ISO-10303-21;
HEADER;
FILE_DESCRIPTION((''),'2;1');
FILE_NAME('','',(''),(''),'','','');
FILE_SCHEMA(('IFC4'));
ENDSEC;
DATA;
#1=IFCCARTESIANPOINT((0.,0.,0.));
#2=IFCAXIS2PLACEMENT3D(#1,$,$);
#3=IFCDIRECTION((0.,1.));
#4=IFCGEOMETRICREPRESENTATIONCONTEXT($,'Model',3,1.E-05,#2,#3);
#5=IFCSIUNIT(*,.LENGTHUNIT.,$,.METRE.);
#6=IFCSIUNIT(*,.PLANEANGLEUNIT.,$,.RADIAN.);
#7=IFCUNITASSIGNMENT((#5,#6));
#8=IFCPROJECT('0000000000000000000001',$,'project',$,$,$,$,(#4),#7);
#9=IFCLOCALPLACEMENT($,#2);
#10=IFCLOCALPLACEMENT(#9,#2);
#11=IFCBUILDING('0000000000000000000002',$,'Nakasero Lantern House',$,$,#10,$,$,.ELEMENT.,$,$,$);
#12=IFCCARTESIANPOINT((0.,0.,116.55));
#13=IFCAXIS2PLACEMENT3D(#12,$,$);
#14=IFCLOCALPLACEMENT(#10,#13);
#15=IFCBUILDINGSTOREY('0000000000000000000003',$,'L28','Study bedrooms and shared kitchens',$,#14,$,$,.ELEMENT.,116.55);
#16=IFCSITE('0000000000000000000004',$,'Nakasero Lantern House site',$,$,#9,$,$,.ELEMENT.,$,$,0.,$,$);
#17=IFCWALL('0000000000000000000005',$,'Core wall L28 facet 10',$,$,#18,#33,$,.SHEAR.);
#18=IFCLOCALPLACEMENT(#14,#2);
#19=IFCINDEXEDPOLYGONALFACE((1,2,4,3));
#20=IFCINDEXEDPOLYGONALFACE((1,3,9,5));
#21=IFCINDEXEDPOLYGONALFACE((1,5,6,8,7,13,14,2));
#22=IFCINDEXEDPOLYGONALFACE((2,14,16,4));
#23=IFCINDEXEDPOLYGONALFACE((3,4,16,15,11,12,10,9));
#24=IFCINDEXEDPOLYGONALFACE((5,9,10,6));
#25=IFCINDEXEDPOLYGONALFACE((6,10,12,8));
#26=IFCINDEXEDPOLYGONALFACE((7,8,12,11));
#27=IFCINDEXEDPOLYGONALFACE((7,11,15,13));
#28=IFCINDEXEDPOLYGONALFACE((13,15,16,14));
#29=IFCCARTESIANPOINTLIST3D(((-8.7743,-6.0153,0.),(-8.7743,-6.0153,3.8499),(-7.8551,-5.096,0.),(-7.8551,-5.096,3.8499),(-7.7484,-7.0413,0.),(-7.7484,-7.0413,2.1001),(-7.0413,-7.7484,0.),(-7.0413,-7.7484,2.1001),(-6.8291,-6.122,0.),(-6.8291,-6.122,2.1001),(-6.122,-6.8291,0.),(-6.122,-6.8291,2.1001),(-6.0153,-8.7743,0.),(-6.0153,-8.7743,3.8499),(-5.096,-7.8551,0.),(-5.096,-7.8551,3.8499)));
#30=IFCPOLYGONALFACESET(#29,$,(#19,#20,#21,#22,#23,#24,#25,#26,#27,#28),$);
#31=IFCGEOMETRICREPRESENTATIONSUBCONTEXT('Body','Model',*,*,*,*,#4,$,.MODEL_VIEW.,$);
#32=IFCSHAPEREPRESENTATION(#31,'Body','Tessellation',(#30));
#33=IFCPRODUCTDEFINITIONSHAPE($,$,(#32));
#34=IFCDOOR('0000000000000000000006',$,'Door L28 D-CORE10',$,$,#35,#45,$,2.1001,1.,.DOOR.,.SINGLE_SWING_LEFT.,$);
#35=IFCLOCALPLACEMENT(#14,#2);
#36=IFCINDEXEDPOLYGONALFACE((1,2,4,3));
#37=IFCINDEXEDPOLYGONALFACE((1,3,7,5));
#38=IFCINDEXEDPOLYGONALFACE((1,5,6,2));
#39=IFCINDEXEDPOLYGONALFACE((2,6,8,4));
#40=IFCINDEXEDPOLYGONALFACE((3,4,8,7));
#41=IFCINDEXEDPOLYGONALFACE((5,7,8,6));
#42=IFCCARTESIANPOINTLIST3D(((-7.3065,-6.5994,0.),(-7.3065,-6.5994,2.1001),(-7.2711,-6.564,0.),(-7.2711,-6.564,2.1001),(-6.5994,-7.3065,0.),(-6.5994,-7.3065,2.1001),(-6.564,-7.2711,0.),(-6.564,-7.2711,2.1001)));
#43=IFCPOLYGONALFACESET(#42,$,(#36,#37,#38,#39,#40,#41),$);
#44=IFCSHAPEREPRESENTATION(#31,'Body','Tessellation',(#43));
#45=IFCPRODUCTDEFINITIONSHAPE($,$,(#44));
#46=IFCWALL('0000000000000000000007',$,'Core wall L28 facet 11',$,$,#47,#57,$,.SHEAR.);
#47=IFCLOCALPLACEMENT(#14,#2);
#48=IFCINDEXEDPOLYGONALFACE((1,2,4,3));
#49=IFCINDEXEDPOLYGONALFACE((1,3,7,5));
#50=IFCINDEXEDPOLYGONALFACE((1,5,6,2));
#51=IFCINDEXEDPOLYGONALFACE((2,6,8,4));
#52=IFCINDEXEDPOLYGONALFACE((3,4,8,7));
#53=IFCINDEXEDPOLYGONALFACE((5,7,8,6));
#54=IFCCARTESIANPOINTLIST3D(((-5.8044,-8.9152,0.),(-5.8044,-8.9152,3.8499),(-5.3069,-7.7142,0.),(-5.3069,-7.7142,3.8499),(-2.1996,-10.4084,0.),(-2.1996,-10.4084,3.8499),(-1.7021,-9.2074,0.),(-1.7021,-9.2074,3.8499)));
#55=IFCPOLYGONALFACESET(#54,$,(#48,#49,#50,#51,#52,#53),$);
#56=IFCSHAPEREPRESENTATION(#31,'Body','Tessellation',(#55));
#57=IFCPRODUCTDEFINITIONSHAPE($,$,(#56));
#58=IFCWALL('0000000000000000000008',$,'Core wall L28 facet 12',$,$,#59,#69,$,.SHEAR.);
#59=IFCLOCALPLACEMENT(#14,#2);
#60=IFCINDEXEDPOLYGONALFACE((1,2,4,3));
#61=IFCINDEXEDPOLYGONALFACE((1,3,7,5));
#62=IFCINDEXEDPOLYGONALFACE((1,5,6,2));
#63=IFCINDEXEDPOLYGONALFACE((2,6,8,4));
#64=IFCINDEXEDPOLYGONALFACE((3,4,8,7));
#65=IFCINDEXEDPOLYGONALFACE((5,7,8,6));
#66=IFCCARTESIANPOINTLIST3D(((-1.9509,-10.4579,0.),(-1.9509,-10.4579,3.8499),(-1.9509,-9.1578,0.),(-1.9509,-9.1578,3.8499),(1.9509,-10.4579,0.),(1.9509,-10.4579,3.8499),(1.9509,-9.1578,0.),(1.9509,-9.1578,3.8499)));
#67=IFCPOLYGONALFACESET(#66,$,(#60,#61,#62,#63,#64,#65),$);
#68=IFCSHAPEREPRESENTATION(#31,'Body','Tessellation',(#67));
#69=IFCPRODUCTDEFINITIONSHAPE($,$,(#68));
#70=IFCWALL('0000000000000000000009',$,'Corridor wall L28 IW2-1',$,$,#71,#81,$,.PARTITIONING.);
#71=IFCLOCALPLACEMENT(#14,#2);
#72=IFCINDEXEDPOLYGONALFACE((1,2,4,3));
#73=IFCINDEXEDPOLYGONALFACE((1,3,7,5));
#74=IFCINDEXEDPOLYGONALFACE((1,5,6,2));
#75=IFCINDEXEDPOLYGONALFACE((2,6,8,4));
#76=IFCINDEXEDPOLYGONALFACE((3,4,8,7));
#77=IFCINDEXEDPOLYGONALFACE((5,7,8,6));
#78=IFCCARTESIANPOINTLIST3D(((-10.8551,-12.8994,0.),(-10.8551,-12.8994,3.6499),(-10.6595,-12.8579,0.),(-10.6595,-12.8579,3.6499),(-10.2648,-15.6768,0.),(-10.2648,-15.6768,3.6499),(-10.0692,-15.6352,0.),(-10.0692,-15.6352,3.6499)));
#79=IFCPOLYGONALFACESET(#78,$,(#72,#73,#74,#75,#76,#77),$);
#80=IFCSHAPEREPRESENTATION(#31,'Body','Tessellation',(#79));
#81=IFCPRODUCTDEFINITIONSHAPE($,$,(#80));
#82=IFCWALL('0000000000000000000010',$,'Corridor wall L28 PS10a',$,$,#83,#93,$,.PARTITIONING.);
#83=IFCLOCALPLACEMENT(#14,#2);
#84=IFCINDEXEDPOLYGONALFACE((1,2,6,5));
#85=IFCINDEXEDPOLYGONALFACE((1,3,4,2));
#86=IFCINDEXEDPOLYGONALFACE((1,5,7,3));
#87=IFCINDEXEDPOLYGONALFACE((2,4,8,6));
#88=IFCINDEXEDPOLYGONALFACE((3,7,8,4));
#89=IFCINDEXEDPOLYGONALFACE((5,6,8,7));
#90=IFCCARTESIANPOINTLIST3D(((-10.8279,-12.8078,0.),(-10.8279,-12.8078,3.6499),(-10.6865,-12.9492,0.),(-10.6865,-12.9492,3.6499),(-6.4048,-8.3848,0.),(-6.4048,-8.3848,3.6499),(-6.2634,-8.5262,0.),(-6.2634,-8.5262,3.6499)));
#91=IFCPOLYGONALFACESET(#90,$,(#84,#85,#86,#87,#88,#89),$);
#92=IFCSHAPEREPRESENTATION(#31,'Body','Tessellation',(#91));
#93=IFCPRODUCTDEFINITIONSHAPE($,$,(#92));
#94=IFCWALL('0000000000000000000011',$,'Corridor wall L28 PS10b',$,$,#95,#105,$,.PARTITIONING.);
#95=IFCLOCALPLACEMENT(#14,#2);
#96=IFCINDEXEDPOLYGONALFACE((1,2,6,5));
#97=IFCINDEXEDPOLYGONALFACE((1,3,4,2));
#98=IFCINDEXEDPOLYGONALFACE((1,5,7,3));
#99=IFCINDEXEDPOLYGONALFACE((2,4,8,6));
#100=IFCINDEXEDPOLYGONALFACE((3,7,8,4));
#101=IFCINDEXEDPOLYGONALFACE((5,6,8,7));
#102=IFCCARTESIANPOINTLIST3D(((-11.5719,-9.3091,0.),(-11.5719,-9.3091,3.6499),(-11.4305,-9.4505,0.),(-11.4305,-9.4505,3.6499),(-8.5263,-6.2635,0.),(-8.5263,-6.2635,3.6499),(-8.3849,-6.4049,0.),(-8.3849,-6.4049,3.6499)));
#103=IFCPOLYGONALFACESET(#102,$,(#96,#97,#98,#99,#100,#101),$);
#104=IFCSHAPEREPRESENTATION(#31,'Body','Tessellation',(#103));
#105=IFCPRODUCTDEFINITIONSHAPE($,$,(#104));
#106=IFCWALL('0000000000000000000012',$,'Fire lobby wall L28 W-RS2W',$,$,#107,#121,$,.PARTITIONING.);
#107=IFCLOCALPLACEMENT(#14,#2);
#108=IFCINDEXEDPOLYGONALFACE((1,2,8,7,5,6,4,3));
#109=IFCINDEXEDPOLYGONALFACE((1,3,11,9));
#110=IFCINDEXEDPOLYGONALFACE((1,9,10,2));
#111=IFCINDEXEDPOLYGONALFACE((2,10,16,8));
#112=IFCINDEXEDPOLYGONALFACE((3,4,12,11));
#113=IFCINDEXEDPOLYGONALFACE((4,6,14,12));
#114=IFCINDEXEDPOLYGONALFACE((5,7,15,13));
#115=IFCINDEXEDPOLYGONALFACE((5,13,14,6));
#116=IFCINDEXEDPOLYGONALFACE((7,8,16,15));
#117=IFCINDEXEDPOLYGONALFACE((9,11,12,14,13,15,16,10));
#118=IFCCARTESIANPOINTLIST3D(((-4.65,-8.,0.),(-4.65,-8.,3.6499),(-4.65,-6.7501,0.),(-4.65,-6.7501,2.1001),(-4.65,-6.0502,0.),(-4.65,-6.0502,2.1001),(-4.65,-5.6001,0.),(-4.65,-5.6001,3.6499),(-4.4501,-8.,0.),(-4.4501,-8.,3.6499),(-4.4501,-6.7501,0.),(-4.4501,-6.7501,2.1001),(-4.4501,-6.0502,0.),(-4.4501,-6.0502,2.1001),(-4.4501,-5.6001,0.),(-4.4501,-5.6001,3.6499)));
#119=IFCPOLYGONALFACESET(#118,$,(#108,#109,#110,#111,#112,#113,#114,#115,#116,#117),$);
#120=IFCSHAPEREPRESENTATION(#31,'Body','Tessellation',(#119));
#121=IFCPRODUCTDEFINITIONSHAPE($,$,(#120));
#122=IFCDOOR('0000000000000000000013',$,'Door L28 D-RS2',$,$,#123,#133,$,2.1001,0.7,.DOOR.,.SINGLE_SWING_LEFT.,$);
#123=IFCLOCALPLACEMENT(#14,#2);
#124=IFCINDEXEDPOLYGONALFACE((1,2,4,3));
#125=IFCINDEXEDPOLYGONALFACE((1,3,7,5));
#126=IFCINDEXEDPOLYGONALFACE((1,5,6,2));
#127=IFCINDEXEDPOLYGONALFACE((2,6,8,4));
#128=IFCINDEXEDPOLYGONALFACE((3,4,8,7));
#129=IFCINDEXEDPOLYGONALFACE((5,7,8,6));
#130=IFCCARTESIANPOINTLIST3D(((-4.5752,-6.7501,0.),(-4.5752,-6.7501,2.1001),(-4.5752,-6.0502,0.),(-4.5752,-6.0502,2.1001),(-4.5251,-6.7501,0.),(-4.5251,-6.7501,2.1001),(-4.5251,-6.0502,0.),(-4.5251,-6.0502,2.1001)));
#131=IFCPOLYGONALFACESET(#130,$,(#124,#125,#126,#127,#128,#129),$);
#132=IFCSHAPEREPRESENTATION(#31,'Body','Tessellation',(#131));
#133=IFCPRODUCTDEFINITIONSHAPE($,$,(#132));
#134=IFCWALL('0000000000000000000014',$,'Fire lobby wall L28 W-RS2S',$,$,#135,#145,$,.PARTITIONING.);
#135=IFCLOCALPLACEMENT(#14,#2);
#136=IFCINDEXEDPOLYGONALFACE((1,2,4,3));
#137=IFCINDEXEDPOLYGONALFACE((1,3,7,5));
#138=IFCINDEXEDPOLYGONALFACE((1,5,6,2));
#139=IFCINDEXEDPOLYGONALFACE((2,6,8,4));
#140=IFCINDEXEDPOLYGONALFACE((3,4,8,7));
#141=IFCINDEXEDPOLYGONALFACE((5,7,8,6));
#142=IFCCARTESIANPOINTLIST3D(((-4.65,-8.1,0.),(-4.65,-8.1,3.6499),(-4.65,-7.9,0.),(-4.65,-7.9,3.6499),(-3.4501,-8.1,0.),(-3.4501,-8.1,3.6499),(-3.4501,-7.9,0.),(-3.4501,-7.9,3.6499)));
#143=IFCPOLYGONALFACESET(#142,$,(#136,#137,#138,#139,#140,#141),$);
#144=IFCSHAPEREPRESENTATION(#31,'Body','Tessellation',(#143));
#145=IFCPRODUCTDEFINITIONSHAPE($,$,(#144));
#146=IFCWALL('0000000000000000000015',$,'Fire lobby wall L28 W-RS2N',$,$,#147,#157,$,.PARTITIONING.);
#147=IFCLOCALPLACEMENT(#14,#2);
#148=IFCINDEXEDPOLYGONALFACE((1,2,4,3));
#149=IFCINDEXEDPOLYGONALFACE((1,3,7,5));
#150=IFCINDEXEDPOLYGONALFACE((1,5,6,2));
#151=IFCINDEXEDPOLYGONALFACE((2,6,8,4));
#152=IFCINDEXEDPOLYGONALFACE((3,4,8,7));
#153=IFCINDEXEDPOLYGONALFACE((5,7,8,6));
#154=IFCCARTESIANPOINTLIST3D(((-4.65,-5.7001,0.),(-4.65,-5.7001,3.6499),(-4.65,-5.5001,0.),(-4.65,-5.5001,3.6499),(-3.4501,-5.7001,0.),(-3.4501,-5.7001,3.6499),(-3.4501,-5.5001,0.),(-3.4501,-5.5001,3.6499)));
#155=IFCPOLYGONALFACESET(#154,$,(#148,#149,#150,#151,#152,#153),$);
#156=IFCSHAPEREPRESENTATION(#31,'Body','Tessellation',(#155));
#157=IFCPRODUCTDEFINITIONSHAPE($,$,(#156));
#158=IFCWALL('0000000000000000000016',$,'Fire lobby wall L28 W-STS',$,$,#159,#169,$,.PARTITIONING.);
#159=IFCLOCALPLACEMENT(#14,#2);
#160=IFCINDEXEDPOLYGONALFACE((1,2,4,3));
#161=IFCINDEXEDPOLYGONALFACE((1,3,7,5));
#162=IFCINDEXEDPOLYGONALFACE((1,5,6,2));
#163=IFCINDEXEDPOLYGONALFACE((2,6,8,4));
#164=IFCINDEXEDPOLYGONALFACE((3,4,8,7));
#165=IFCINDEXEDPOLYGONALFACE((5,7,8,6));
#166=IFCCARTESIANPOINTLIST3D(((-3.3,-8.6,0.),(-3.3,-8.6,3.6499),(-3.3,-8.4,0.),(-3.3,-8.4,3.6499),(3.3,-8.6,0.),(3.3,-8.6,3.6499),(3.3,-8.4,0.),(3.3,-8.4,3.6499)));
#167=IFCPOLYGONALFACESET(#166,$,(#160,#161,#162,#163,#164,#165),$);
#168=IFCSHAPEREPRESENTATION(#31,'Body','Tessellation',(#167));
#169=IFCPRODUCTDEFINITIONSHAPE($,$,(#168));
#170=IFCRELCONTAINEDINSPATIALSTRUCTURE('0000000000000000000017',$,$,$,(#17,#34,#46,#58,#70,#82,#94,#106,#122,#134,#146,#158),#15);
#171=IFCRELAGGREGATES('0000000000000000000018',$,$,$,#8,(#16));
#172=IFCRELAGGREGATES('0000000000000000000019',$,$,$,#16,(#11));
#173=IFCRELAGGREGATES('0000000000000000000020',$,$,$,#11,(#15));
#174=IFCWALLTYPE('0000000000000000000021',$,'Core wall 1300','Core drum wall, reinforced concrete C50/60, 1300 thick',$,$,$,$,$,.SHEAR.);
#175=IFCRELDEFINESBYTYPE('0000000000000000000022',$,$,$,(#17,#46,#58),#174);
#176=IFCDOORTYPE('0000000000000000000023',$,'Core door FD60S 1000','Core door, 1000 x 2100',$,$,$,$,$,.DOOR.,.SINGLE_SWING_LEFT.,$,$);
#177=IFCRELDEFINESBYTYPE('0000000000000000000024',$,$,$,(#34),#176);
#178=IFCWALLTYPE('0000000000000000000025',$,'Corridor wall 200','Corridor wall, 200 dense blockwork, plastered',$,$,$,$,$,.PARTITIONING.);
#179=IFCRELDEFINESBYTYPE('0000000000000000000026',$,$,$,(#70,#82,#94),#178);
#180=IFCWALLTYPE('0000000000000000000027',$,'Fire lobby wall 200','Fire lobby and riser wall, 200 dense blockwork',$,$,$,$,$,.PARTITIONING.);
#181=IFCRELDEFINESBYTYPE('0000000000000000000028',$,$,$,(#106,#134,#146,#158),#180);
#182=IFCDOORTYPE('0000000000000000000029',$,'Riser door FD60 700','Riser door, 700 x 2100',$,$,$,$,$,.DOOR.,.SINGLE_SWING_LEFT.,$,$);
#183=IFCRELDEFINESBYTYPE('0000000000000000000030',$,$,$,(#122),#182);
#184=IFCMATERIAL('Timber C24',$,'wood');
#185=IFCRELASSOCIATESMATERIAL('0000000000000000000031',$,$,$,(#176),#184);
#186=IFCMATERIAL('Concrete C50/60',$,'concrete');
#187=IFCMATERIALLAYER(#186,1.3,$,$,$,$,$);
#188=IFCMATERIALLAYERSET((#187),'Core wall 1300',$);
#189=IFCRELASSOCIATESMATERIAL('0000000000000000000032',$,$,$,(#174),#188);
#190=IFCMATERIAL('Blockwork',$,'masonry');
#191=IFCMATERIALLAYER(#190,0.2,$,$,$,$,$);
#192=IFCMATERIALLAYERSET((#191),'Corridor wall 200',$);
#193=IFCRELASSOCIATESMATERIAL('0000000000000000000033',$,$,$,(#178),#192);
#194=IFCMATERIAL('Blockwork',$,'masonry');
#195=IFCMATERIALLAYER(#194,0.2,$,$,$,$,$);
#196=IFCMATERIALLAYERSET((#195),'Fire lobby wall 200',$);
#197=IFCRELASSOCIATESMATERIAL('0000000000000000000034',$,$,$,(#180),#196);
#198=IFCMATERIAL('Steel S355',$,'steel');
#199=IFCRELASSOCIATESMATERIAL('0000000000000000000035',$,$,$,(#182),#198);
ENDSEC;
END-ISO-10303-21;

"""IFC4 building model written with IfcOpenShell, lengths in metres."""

from ifc_helpers import new_model, si_unit, direction, frame, frame_2d, origin, place, context, subcontext, project, spatial, rectangle, extrude, material, layer, layer_set, type_object, element, fill, save


model = new_model("IFC4")

# Units and contexts
model_context = context("Model", 3, precision=1e-05, world=origin(), true_north=direction((0.0, 1.0)))
body_context = subcontext(model_context, "Body", "Model", "MODEL_VIEW")
ifc_project = project(units=[si_unit("LENGTHUNIT", "METRE"), si_unit("PLANEANGLEUNIT", "RADIAN")], contexts=[model_context])

# Site, building, storey
site_placement = place(None, origin())
site = spatial("IfcSite", under=ifc_project, at=site_placement, Name="Nakasero Lantern House site", CompositionType="ELEMENT", RefElevation=0.0)
building_placement = place(site_placement, origin())
building = spatial("IfcBuilding", under=site, at=building_placement, Name="Nakasero Lantern House", CompositionType="ELEMENT")
storey_placement = place(building_placement, frame((0.0, 0.0, 116.55)))
storey = spatial("IfcBuildingStorey", under=building, at=storey_placement, Name="L28", Description="Study bedrooms and shared kitchens", CompositionType="ELEMENT", Elevation=116.55)

# Shared definitions
ifc_material_1 = material(Name="Timber C24", Category="wood")
door_type_1 = type_object("IfcDoorType", Name="Core door FD60S 1000", Description="Core door, 1000 x 2100", OperationType="SINGLE_SWING_LEFT", PredefinedType="DOOR", material=ifc_material_1)

# Shared definitions
ifc_material_2 = material(Name="Concrete C50/60", Category="concrete")
ifc_layer_1 = layer(ifc_material_2, 1.3)
ifc_layer_set_1 = layer_set([ifc_layer_1], Name="Core wall 1300")
wall_type_1 = type_object("IfcWallType", Name="Core wall 1300", Description="Core drum wall, reinforced concrete C50/60, 1300 thick", PredefinedType="SHEAR", material=ifc_layer_set_1)

# Wall, opening, door
wall_1_placement = place(storey_placement, frame((-8.3147, -5.5557, 0.0), z_axis=(0.0, 0.0, 1.0), x_axis=(0.707107, -0.707107, 0.0)))
wall_1 = element("IfcWall", 1, at=wall_1_placement, inside=storey, type_object=wall_type_1, Name="Core wall L28 facet 10", PredefinedType="SHEAR", context=body_context, shape_type="SweptSolid", body=[
    extrude(rectangle(XDim=3.9019, YDim=1.3, at=frame_2d((1.9509, 0.0))), origin(), (0.0, 0.0, 1.0), 3.8499),
])
opening_1_placement = place(wall_1_placement, frame((1.4509, 0.0, 0.0)))
opening_1 = element("IfcOpeningElement", 2, at=opening_1_placement, cuts=wall_1, PredefinedType="OPENING", context=body_context, shape_type="SweptSolid", body=[
    extrude(rectangle(XDim=1.0, YDim=2.1001, at=frame_2d((0.5, 1.05))), frame((0.0, 0.6699, 0.0), z_axis=(0.0, -1.0, 0.0), x_axis=(1.0, 0.0, 0.0)), (0.0, 0.0, 1.0), 1.3401),
])
door_1_placement = place(opening_1_placement, origin())
door_1 = element("IfcDoor", 3, at=door_1_placement, inside=storey, type_object=door_type_1, Name="Door L28 D-CORE10", OperationType="SINGLE_SWING_LEFT", OverallHeight=2.1001, OverallWidth=1.0, PredefinedType="DOOR", context=body_context, shape_type="SweptSolid", body=[
    extrude(rectangle(XDim=1.0, YDim=2.1001, at=frame_2d((0.5, 1.05))), frame((0.0, 0.0249, 0.0), z_axis=(0.0, -1.0, 0.0), x_axis=(1.0, 0.0, 0.0)), (0.0, 0.0, 1.0), 0.05),
])
fill(opening_1, door_1)

# Walls
for number, where, z_axis, x_axis, name in (
    (4, (-5.5557, -8.3147, 0.0), (0.0, 0.0, 1.0), (0.923877, -0.382691, 0.0), "Core wall L28 facet 11"),
    (5, (-1.9509, -9.8079, 0.0), (0.0, 0.0, 1.0), (1.0, 0.0, 0.0), "Core wall L28 facet 12"),
):
    element("IfcWall", number, at=place(storey_placement, frame(where, z_axis=z_axis, x_axis=x_axis)), inside=storey, type_object=wall_type_1, Name=name, PredefinedType="SHEAR", context=body_context, shape_type="SweptSolid", body=[
        extrude(rectangle(XDim=3.9019, YDim=1.3, at=frame_2d((1.9509, 0.0))), origin(), (0.0, 0.0, 1.0), 3.8499),
    ])
ifc_material_3 = material(Name="Blockwork", Category="masonry")
ifc_layer_2 = layer(ifc_material_3, 0.2)
ifc_layer_set_2 = layer_set([ifc_layer_2], Name="Corridor wall 200")
wall_type_2 = type_object("IfcWallType", Name="Corridor wall 200", Description="Corridor wall, 200 dense blockwork, plastered", PredefinedType="PARTITIONING", material=ifc_layer_set_2)
wall_2_placement = place(storey_placement, frame((-10.7573, -12.8787, 0.0), z_axis=(0.0, 0.0, 1.0), x_axis=(0.207908, -0.978148, 0.0)))
element("IfcWall", 6, at=wall_2_placement, inside=storey, type_object=wall_type_2, Name="Corridor wall L28 IW2-1", PredefinedType="PARTITIONING", context=body_context, shape_type="SweptSolid", body=[
    extrude(rectangle(XDim=2.8394, YDim=0.2, at=frame_2d((1.4197, 0.0))), origin(), (0.0, 0.0, 1.0), 3.6499),
])
wall_3_placement = place(storey_placement, frame((-6.3342, -8.4556, 0.0), z_axis=(0.0, 0.0, 1.0), x_axis=(-0.707107, -0.707107, 0.0)))
element("IfcWall", 7, at=wall_3_placement, inside=storey, type_object=wall_type_2, Name="Corridor wall L28 PS10a", PredefinedType="PARTITIONING", context=body_context, shape_type="SweptSolid", body=[
    extrude(rectangle(XDim=6.2551, YDim=0.2, at=frame_2d((3.1274, 0.0))), origin(), (0.0, 0.0, 1.0), 3.6499),
])
wall_4_placement = place(storey_placement, frame((-8.4556, -6.3342, 0.0), z_axis=(0.0, 0.0, 1.0), x_axis=(-0.707107, -0.707107, 0.0)))
element("IfcWall", 8, at=wall_4_placement, inside=storey, type_object=wall_type_2, Name="Corridor wall L28 PS10b", PredefinedType="PARTITIONING", context=body_context, shape_type="SweptSolid", body=[
    extrude(rectangle(XDim=4.3071, YDim=0.2, at=frame_2d((2.1536, 0.0))), origin(), (0.0, 0.0, 1.0), 3.6499),
])

# Wall, opening, door
ifc_material_4 = material(Name="Blockwork", Category="masonry")
ifc_layer_3 = layer(ifc_material_4, 0.2)
ifc_layer_set_3 = layer_set([ifc_layer_3], Name="Fire lobby wall 200")
wall_type_3 = type_object("IfcWallType", Name="Fire lobby wall 200", Description="Fire lobby and riser wall, 200 dense blockwork", PredefinedType="PARTITIONING", material=ifc_layer_set_3)
wall_5_placement = place(storey_placement, frame((-4.55, -5.6001, 0.0), z_axis=(0.0, 0.0, 1.0), x_axis=(0.0, -1.0, 0.0)))
wall_5 = element("IfcWall", 9, at=wall_5_placement, inside=storey, type_object=wall_type_3, Name="Fire lobby wall L28 W-RS2W", PredefinedType="PARTITIONING", context=body_context, shape_type="SweptSolid", body=[
    extrude(rectangle(XDim=2.3999, YDim=0.2, at=frame_2d((1.2, 0.0))), origin(), (0.0, 0.0, 1.0), 3.6499),
])
opening_2_placement = place(wall_5_placement, frame((0.45, 0.0, 0.0)))
opening_2 = element("IfcOpeningElement", 10, at=opening_2_placement, cuts=wall_5, PredefinedType="OPENING", context=body_context, shape_type="SweptSolid", body=[
    extrude(rectangle(XDim=0.7, YDim=2.1001, at=frame_2d((0.3501, 1.05))), frame((0.0, 0.1199, 0.0), z_axis=(0.0, -1.0, 0.0), x_axis=(1.0, 0.0, 0.0)), (0.0, 0.0, 1.0), 0.24),
])
ifc_material_5 = material(Name="Steel S355", Category="steel")
door_type_2 = type_object("IfcDoorType", Name="Riser door FD60 700", Description="Riser door, 700 x 2100", OperationType="SINGLE_SWING_LEFT", PredefinedType="DOOR", material=ifc_material_5)
door_2_placement = place(opening_2_placement, origin())
door_2 = element("IfcDoor", 11, at=door_2_placement, inside=storey, type_object=door_type_2, Name="Door L28 D-RS2", OperationType="SINGLE_SWING_LEFT", OverallHeight=2.1001, OverallWidth=0.7, PredefinedType="DOOR", context=body_context, shape_type="SweptSolid", body=[
    extrude(rectangle(XDim=0.7, YDim=2.1001, at=frame_2d((0.3501, 1.05))), frame((0.0, 0.0249, 0.0), z_axis=(0.0, -1.0, 0.0), x_axis=(1.0, 0.0, 0.0)), (0.0, 0.0, 1.0), 0.05),
])
fill(opening_2, door_2)

# Walls
for number, where, z_axis, x_axis, name in (
    (12, (-3.45, -8.0, 0.0), (0.0, 0.0, 1.0), (-1.0, 0.0, 0.0), "Fire lobby wall L28 W-RS2S"),
    (13, (-3.45, -5.6001, 0.0), (0.0, 0.0, 1.0), (-1.0, 0.0, 0.0), "Fire lobby wall L28 W-RS2N"),
):
    element("IfcWall", number, at=place(storey_placement, frame(where, z_axis=z_axis, x_axis=x_axis)), inside=storey, type_object=wall_type_3, Name=name, PredefinedType="PARTITIONING", context=body_context, shape_type="SweptSolid", body=[
        extrude(rectangle(XDim=1.2, YDim=0.2, at=frame_2d((0.6001, 0.0))), origin(), (0.0, 0.0, 1.0), 3.6499),
    ])
wall_6_placement = place(storey_placement, frame((-3.3, -8.5, 0.0), z_axis=(0.0, 0.0, 1.0), x_axis=(1.0, 0.0, 0.0)))
element("IfcWall", 14, at=wall_6_placement, inside=storey, type_object=wall_type_3, Name="Fire lobby wall L28 W-STS", PredefinedType="PARTITIONING", context=body_context, shape_type="SweptSolid", body=[
    extrude(rectangle(XDim=6.6001, YDim=0.2, at=frame_2d((3.3, 0.0))), origin(), (0.0, 0.0, 1.0), 3.6499),
])

save(model, "model.ifc")
